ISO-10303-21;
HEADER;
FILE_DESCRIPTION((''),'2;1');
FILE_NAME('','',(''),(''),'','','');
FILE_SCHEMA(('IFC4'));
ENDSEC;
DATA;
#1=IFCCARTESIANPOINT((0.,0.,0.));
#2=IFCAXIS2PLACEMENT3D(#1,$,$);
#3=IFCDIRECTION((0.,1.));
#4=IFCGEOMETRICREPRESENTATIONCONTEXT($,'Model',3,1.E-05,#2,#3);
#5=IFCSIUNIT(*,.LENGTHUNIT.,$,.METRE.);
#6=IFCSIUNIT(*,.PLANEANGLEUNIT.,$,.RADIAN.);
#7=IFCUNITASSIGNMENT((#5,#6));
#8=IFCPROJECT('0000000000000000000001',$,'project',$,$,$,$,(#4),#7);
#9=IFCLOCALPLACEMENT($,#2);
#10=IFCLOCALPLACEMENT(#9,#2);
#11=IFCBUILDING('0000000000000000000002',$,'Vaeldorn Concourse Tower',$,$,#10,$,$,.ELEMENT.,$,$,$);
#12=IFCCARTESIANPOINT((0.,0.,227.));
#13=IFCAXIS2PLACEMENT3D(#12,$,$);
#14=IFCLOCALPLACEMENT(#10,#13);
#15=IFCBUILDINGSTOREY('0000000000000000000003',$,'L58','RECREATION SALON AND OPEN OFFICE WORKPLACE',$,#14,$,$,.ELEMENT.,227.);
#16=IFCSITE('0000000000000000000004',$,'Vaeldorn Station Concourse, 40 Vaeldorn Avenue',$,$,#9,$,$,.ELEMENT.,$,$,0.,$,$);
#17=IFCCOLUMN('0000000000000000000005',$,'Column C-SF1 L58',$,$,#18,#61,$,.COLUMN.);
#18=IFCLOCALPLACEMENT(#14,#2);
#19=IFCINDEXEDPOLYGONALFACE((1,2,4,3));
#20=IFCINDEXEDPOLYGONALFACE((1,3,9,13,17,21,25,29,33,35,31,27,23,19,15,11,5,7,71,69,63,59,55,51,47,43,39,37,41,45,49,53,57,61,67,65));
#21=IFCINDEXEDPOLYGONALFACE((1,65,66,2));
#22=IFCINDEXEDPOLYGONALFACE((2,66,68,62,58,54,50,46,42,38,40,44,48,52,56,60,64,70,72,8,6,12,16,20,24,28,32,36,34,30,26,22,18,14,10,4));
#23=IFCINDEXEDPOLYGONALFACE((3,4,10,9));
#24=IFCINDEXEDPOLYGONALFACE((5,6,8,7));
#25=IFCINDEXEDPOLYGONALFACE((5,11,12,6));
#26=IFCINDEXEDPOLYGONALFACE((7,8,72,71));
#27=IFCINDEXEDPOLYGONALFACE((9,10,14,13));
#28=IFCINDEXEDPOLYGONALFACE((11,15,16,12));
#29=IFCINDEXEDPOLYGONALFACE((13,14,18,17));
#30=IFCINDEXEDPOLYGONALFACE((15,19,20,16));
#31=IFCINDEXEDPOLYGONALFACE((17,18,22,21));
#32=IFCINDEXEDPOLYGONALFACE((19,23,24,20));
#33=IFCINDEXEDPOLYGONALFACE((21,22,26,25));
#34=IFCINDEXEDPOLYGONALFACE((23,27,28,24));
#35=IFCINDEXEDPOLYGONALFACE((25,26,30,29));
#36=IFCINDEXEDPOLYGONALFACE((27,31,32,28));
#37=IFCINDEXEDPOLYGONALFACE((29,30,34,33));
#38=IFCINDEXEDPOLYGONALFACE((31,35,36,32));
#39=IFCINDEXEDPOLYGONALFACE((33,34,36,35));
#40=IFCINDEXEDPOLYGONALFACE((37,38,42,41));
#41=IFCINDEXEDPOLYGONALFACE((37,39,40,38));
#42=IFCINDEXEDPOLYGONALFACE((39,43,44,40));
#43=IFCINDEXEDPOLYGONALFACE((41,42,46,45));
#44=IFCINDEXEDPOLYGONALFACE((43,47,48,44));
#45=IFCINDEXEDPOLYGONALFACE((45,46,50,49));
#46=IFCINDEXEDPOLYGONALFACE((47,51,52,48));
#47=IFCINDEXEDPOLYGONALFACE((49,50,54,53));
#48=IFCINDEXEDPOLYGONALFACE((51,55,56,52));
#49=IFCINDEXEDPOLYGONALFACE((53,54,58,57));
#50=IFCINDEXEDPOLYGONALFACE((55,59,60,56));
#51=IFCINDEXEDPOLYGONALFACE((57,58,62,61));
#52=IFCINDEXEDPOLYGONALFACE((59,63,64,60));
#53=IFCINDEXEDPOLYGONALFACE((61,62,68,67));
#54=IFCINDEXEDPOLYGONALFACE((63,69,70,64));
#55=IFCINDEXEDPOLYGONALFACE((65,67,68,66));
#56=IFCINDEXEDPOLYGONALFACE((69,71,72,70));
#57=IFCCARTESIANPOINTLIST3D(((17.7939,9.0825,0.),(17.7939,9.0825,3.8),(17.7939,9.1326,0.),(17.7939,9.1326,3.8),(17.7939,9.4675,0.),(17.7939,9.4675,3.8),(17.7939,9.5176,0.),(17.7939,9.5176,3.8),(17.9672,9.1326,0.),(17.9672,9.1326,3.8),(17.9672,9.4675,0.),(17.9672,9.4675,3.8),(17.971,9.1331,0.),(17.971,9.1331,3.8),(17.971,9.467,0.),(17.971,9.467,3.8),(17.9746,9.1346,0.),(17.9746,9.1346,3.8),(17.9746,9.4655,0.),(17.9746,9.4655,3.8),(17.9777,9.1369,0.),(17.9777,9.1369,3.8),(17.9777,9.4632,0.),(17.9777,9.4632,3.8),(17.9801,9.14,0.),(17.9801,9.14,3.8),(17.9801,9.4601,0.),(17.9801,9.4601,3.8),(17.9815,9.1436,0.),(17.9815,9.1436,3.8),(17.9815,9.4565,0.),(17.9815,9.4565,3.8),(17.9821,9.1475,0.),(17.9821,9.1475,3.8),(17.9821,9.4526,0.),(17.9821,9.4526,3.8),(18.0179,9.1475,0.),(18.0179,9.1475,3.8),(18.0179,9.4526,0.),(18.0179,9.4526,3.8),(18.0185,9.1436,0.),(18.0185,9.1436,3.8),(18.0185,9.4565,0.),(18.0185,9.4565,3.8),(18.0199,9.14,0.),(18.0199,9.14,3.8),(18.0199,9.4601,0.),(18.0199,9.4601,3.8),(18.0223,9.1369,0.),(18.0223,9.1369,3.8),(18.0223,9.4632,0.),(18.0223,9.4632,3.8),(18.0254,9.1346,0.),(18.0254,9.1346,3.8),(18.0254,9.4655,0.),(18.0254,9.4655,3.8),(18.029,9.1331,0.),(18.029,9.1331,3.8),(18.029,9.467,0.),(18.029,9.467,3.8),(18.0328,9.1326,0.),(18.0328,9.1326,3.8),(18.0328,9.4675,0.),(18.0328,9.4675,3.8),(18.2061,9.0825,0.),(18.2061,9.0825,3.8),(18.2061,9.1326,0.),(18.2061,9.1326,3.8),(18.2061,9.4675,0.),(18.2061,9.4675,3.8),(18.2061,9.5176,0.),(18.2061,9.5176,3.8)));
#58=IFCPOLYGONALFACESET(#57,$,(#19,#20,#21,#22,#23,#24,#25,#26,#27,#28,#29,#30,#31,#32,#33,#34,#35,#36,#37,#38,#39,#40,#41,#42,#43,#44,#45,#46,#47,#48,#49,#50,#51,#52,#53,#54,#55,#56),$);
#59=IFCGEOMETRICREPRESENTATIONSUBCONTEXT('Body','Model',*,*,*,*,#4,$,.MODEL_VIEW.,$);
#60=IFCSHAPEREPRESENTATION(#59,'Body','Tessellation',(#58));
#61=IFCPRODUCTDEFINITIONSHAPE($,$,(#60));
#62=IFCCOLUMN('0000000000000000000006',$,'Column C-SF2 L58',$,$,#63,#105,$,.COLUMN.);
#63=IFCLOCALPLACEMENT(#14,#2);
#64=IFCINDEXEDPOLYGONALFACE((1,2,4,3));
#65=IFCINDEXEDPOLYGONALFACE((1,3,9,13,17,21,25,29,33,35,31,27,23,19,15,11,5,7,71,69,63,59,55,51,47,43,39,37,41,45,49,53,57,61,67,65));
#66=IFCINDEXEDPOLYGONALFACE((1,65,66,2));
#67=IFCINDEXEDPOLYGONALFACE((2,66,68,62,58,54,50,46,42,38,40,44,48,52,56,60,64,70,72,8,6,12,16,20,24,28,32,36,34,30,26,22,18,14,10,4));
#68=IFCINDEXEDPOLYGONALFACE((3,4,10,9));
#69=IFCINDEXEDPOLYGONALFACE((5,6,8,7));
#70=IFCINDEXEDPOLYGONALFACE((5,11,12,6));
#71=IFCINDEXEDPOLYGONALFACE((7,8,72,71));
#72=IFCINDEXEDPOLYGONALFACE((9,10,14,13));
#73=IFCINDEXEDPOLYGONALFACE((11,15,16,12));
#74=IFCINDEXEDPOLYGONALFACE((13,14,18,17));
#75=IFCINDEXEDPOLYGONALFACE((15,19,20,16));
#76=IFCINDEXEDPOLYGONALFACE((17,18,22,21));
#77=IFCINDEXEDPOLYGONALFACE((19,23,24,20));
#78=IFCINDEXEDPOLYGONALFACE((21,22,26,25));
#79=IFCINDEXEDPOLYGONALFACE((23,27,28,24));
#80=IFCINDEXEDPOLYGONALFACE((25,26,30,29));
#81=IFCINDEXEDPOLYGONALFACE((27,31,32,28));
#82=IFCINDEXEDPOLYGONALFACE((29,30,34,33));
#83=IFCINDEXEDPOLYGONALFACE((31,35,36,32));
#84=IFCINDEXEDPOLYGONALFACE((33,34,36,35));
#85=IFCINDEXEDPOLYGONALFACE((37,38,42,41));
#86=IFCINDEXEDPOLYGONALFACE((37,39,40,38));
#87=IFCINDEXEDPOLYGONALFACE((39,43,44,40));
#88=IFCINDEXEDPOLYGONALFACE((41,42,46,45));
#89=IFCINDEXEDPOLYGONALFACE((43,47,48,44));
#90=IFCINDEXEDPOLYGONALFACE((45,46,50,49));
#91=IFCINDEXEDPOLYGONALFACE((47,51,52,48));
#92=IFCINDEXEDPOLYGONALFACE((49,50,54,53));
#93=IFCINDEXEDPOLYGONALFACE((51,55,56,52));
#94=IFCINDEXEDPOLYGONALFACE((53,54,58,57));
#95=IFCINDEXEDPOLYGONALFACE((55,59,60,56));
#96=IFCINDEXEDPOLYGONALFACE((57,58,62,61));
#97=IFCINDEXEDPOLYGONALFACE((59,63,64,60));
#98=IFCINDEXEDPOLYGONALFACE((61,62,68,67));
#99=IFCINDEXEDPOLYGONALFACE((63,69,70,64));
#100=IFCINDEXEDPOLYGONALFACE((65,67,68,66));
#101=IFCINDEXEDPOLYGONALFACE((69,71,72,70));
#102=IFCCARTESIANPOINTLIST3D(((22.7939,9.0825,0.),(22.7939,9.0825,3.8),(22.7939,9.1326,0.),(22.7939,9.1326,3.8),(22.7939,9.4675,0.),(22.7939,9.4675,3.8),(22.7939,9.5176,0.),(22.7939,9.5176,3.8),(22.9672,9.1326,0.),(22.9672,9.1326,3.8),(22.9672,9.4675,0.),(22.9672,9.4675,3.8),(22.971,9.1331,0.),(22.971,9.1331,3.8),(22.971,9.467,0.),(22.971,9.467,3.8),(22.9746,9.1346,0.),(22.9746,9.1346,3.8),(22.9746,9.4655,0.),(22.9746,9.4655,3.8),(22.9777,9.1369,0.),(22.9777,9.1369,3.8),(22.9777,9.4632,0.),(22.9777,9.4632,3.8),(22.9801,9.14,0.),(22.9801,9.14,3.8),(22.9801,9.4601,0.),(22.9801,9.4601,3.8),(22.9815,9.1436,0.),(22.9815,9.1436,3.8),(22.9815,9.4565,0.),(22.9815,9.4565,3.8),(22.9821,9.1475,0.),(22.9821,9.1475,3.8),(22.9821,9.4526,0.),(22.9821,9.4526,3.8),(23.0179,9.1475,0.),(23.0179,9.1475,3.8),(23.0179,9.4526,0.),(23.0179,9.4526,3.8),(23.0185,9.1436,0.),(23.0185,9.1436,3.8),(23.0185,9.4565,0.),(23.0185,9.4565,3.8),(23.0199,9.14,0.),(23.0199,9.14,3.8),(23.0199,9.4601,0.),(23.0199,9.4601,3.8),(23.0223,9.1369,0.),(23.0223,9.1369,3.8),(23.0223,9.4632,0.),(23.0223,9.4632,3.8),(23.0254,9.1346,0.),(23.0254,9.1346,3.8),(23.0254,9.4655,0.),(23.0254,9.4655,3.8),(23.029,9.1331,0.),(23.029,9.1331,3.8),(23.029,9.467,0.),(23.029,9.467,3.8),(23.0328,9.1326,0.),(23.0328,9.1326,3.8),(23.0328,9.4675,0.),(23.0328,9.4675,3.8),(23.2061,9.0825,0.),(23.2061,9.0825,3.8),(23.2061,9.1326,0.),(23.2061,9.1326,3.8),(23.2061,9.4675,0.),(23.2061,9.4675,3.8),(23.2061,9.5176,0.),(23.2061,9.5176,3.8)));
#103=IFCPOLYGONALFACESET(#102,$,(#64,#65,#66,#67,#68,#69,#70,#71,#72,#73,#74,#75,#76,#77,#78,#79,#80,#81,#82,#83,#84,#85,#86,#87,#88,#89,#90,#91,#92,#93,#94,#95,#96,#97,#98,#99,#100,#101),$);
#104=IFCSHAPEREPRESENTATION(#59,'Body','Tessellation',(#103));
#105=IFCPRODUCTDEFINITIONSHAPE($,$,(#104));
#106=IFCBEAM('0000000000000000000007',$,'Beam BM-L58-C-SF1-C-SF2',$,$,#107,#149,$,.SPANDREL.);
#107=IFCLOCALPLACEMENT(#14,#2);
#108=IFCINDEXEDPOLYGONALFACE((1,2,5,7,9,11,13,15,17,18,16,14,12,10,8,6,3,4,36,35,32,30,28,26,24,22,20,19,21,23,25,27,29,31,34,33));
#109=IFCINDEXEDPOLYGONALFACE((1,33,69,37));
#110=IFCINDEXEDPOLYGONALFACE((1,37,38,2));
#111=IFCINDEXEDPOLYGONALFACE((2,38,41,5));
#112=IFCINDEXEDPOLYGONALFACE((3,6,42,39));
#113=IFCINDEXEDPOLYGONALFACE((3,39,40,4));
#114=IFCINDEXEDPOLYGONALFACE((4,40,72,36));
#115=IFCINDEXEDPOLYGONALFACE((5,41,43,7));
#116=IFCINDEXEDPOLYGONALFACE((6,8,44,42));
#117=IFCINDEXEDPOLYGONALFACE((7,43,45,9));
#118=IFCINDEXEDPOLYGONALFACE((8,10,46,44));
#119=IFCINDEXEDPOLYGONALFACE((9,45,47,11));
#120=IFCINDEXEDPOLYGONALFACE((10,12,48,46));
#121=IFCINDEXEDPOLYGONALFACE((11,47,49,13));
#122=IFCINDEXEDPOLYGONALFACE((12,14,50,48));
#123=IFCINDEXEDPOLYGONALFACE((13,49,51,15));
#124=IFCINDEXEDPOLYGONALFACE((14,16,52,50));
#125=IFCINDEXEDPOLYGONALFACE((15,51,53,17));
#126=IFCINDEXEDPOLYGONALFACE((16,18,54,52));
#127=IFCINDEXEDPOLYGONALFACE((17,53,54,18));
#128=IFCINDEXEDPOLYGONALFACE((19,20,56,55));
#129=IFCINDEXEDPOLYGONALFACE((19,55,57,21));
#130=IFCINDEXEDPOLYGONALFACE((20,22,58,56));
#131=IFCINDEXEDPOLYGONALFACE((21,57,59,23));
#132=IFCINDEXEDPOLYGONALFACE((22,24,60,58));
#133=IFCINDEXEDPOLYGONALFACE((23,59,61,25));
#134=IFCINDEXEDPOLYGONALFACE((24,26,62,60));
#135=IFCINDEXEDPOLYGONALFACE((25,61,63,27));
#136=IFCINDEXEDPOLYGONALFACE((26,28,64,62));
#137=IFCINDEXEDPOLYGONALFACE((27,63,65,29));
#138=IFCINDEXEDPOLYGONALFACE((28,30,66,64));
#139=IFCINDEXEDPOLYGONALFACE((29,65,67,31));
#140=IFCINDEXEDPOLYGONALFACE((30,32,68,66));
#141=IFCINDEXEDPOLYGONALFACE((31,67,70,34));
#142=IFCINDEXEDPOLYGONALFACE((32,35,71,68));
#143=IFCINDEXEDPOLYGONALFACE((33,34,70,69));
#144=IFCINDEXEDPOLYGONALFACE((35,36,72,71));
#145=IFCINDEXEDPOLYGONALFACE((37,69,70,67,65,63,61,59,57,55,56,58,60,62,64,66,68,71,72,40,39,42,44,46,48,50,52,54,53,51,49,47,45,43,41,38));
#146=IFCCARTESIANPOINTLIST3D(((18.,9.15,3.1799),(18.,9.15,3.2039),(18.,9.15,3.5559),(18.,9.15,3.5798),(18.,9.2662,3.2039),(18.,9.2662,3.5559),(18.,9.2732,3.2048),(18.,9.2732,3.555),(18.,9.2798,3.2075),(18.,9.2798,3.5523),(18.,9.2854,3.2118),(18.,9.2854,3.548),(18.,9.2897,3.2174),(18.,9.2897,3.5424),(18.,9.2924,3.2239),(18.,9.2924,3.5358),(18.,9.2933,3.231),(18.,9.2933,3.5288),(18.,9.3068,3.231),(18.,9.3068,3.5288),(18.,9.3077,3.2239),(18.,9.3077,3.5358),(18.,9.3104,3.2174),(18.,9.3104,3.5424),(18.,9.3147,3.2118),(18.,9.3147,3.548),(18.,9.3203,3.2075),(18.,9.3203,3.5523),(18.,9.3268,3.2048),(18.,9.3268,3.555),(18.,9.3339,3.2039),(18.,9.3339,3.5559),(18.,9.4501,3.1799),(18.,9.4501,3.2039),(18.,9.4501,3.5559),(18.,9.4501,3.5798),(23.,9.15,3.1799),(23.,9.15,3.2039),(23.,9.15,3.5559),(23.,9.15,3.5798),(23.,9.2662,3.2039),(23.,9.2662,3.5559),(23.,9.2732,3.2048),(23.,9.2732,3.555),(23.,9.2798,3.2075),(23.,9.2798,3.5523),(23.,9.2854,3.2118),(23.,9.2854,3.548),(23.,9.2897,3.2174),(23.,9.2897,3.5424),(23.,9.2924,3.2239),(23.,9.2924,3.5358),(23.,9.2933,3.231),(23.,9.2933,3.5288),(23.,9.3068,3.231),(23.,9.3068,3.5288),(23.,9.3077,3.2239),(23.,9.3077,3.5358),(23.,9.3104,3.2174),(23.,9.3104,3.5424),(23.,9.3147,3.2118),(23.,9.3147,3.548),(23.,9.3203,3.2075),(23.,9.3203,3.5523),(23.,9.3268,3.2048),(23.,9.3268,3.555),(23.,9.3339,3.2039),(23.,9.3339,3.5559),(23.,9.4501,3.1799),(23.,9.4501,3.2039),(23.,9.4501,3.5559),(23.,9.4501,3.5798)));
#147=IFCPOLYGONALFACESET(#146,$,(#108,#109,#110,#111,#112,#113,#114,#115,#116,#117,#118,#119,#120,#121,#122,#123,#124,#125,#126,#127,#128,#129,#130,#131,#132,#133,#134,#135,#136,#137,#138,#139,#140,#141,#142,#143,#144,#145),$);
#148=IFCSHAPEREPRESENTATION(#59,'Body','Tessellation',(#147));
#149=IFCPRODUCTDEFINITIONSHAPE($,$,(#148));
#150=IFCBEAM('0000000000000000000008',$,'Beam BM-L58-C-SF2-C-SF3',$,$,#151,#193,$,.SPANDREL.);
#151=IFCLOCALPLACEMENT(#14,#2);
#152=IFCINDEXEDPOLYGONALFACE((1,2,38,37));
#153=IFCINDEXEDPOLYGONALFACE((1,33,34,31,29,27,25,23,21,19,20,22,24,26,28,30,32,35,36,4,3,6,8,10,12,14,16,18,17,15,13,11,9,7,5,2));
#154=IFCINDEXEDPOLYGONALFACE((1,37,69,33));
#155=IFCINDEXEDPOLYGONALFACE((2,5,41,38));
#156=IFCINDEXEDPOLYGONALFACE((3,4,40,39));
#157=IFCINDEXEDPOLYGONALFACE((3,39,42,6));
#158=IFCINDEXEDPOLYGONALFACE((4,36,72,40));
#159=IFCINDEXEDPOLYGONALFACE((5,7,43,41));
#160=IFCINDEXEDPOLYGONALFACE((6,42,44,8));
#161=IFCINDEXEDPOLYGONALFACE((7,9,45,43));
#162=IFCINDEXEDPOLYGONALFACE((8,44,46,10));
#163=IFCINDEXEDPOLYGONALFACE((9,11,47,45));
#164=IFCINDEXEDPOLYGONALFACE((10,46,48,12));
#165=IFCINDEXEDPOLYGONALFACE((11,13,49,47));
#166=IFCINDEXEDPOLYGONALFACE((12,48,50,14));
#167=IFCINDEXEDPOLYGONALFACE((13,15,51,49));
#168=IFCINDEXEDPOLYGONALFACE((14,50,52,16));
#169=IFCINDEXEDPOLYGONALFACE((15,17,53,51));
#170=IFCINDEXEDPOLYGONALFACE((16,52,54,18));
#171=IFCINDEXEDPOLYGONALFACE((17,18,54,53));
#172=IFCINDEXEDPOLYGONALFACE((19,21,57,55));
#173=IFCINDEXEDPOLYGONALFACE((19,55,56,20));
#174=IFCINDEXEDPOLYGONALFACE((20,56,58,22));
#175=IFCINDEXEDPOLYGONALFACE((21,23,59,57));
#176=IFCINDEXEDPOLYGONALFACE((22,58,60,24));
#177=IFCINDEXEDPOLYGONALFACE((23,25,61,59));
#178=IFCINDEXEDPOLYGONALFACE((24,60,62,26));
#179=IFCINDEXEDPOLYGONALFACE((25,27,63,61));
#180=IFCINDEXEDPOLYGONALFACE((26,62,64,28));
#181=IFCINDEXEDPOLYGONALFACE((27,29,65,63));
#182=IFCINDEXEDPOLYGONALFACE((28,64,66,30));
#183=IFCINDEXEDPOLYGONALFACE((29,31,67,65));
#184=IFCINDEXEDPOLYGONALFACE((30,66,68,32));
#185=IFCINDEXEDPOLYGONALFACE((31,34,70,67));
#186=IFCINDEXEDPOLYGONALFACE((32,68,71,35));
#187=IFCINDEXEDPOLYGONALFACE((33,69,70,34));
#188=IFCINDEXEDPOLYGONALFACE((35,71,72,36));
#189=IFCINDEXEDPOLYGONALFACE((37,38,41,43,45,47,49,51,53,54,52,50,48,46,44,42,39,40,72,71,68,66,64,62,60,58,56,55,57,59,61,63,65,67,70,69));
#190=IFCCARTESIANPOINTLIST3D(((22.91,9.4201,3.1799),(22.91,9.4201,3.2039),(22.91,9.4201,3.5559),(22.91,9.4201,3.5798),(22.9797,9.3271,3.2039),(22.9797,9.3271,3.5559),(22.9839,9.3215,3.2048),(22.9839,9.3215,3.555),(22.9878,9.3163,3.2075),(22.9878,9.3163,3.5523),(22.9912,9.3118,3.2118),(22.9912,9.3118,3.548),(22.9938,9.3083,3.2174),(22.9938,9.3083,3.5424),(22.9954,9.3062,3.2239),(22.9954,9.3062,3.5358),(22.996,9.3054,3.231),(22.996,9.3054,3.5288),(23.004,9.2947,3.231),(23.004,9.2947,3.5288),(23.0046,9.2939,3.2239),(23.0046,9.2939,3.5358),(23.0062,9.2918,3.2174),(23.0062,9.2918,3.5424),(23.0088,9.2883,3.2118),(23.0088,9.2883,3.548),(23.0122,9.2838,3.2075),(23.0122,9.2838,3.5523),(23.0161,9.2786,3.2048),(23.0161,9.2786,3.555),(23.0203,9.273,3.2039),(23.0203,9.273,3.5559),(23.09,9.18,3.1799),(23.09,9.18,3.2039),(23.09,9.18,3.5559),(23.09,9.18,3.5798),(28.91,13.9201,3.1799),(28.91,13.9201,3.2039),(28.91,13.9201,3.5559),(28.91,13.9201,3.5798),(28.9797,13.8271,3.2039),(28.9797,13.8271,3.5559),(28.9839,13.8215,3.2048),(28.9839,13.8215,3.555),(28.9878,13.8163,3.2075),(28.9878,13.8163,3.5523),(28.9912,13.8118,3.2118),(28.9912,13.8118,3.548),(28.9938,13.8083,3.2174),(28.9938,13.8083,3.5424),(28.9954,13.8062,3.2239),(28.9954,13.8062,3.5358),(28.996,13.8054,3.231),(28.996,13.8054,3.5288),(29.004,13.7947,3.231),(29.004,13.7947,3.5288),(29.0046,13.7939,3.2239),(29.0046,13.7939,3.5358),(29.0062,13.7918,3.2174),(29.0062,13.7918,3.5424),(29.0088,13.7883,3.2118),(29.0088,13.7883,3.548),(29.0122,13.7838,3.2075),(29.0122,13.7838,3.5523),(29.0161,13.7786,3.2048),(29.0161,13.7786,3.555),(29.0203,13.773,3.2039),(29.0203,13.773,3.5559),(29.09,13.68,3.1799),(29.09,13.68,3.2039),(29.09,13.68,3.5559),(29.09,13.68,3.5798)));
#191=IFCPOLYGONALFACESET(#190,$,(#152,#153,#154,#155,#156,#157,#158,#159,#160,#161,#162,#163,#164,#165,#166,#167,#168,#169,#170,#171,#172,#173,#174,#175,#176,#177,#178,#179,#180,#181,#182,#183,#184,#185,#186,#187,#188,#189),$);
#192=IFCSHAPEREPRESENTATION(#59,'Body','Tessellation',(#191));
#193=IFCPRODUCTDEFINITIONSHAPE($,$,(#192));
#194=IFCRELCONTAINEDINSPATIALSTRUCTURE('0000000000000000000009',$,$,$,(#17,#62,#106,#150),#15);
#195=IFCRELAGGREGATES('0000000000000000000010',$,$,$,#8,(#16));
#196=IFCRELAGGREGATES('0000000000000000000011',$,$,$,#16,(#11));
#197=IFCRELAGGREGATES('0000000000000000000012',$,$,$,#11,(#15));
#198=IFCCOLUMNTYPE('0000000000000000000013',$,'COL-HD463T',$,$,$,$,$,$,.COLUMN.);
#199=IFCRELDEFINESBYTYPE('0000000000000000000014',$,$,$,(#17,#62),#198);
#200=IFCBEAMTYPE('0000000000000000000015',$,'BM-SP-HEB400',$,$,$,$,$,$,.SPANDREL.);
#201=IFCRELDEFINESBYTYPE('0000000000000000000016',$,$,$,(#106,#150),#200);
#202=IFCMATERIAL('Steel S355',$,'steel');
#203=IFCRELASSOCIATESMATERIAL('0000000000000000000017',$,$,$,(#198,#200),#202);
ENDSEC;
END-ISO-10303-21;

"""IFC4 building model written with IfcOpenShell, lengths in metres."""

from ifc_helpers import new_model, si_unit, direction, frame, origin, origin_2d, place, context, subcontext, project, spatial, i_section, extrude, source, transform, mapped, material, material_profile, profile_set, type_object, element, save


model = new_model("IFC4")

# Units and contexts
model_context = context("Model", 3, precision=1e-05, world=origin(), true_north=direction((0.0, 1.0)))
body_context = subcontext(model_context, "Body", "Model", "MODEL_VIEW")
ifc_project = project(units=[si_unit("LENGTHUNIT", "METRE"), si_unit("PLANEANGLEUNIT", "RADIAN")], contexts=[model_context])

# Site, building, storey
site_placement = place(None, origin())
site = spatial("IfcSite", under=ifc_project, at=site_placement, Name="Vaeldorn Station Concourse, 40 Vaeldorn Avenue", CompositionType="ELEMENT", RefElevation=0.0)
building_placement = place(site_placement, origin())
building = spatial("IfcBuilding", under=site, at=building_placement, Name="Vaeldorn Concourse Tower", CompositionType="ELEMENT")
storey_placement = place(building_placement, frame((0.0, 0.0, 227.0)))
storey = spatial("IfcBuildingStorey", under=building, at=storey_placement, Name="L58", Description="RECREATION SALON AND OPEN OFFICE WORKPLACE", CompositionType="ELEMENT", Elevation=227.0)

# Columns
ifc_material_1 = material(Name="Steel S355", Category="steel")
ifc_material_profile_1 = material_profile(ifc_material_1, i_section(OverallWidth=0.4121, OverallDepth=0.4351, WebThickness=0.0359, FlangeThickness=0.05, FilletRadius=0.0149, at=origin_2d()), Name="HD 400x463")
ifc_profile_set_1 = profile_set([ifc_material_profile_1], Name="Steel S355")
column_type = type_object("IfcColumnType", Name="COL-HD463T", PredefinedType="COLUMN", material=ifc_profile_set_1)
shared_shape_1 = source(origin(), body_context, "Body", "SweptSolid", [
    extrude(i_section(OverallWidth=0.4121, OverallDepth=0.4351, WebThickness=0.0359, FlangeThickness=0.05, FilletRadius=0.0149, at=origin_2d()), origin(), (0.0, 0.0, 1.0), 3.8),
])
for number, where, z_axis, x_axis, name in (
    (1, (18.0, 9.3, 0.0), (0.0, 0.0, 1.0), (1.0, 0.0, 0.0), "Column C-SF1 L58"),
    (2, (23.0, 9.3, 0.0), (0.0, 0.0, 1.0), (1.0, 0.0, 0.0), "Column C-SF2 L58"),
):
    element("IfcColumn", number, at=place(storey_placement, frame(where, z_axis=z_axis, x_axis=x_axis)), inside=storey, type_object=column_type, Name=name, PredefinedType="COLUMN", context=body_context, shape_type="MappedRepresentation", body=[
        mapped(shared_shape_1, transform((0.0, 0.0, 0.0), scale=1.0)),
    ])

# Beams
ifc_material_profile_2 = material_profile(ifc_material_1, i_section(OverallWidth=0.3, OverallDepth=0.3999, WebThickness=0.0134, FlangeThickness=0.0239, FilletRadius=0.0271, at=origin_2d()), Name="HEB 400")
ifc_profile_set_2 = profile_set([ifc_material_profile_2], Name="Steel S355")
beam_type_1 = type_object("IfcBeamType", Name="BM-SP-HEB400", PredefinedType="SPANDREL", material=ifc_profile_set_2)
shared_shape_2 = source(origin(), body_context, "Body", "SweptSolid", [
    extrude(i_section(OverallWidth=0.3, OverallDepth=0.3999, WebThickness=0.0134, FlangeThickness=0.0239, FilletRadius=0.0271, at=origin_2d()), origin(), (0.0, 0.0, 1.0), 5.0),
])
beam_1_placement = place(storey_placement, frame((18.0, 9.3, 3.3799), z_axis=(1.0, 0.0, 0.0), x_axis=(0.0, 1.0, 0.0)))
element("IfcBeam", 3, at=beam_1_placement, inside=storey, type_object=beam_type_1, Name="Beam BM-L58-C-SF1-C-SF2", PredefinedType="SPANDREL", context=body_context, shape_type="MappedRepresentation", body=[
    mapped(shared_shape_2, transform((0.0, 0.0, 0.0), scale=1.0)),
])
shared_shape_3 = source(origin(), body_context, "Body", "SweptSolid", [
    extrude(i_section(OverallWidth=0.3, OverallDepth=0.3999, WebThickness=0.0134, FlangeThickness=0.0239, FilletRadius=0.0271, at=origin_2d()), origin(), (0.0, 0.0, 1.0), 7.5),
])
beam_2_placement = place(storey_placement, frame((23.0, 9.3, 3.3799), z_axis=(0.8, 0.6, 0.0), x_axis=(-0.6, 0.8, 0.0)))
element("IfcBeam", 4, at=beam_2_placement, inside=storey, type_object=beam_type_1, Name="Beam BM-L58-C-SF2-C-SF3", PredefinedType="SPANDREL", context=body_context, shape_type="MappedRepresentation", body=[
    mapped(shared_shape_3, transform((0.0, 0.0, 0.0), scale=1.0)),
])

save(model, "model.ifc")
